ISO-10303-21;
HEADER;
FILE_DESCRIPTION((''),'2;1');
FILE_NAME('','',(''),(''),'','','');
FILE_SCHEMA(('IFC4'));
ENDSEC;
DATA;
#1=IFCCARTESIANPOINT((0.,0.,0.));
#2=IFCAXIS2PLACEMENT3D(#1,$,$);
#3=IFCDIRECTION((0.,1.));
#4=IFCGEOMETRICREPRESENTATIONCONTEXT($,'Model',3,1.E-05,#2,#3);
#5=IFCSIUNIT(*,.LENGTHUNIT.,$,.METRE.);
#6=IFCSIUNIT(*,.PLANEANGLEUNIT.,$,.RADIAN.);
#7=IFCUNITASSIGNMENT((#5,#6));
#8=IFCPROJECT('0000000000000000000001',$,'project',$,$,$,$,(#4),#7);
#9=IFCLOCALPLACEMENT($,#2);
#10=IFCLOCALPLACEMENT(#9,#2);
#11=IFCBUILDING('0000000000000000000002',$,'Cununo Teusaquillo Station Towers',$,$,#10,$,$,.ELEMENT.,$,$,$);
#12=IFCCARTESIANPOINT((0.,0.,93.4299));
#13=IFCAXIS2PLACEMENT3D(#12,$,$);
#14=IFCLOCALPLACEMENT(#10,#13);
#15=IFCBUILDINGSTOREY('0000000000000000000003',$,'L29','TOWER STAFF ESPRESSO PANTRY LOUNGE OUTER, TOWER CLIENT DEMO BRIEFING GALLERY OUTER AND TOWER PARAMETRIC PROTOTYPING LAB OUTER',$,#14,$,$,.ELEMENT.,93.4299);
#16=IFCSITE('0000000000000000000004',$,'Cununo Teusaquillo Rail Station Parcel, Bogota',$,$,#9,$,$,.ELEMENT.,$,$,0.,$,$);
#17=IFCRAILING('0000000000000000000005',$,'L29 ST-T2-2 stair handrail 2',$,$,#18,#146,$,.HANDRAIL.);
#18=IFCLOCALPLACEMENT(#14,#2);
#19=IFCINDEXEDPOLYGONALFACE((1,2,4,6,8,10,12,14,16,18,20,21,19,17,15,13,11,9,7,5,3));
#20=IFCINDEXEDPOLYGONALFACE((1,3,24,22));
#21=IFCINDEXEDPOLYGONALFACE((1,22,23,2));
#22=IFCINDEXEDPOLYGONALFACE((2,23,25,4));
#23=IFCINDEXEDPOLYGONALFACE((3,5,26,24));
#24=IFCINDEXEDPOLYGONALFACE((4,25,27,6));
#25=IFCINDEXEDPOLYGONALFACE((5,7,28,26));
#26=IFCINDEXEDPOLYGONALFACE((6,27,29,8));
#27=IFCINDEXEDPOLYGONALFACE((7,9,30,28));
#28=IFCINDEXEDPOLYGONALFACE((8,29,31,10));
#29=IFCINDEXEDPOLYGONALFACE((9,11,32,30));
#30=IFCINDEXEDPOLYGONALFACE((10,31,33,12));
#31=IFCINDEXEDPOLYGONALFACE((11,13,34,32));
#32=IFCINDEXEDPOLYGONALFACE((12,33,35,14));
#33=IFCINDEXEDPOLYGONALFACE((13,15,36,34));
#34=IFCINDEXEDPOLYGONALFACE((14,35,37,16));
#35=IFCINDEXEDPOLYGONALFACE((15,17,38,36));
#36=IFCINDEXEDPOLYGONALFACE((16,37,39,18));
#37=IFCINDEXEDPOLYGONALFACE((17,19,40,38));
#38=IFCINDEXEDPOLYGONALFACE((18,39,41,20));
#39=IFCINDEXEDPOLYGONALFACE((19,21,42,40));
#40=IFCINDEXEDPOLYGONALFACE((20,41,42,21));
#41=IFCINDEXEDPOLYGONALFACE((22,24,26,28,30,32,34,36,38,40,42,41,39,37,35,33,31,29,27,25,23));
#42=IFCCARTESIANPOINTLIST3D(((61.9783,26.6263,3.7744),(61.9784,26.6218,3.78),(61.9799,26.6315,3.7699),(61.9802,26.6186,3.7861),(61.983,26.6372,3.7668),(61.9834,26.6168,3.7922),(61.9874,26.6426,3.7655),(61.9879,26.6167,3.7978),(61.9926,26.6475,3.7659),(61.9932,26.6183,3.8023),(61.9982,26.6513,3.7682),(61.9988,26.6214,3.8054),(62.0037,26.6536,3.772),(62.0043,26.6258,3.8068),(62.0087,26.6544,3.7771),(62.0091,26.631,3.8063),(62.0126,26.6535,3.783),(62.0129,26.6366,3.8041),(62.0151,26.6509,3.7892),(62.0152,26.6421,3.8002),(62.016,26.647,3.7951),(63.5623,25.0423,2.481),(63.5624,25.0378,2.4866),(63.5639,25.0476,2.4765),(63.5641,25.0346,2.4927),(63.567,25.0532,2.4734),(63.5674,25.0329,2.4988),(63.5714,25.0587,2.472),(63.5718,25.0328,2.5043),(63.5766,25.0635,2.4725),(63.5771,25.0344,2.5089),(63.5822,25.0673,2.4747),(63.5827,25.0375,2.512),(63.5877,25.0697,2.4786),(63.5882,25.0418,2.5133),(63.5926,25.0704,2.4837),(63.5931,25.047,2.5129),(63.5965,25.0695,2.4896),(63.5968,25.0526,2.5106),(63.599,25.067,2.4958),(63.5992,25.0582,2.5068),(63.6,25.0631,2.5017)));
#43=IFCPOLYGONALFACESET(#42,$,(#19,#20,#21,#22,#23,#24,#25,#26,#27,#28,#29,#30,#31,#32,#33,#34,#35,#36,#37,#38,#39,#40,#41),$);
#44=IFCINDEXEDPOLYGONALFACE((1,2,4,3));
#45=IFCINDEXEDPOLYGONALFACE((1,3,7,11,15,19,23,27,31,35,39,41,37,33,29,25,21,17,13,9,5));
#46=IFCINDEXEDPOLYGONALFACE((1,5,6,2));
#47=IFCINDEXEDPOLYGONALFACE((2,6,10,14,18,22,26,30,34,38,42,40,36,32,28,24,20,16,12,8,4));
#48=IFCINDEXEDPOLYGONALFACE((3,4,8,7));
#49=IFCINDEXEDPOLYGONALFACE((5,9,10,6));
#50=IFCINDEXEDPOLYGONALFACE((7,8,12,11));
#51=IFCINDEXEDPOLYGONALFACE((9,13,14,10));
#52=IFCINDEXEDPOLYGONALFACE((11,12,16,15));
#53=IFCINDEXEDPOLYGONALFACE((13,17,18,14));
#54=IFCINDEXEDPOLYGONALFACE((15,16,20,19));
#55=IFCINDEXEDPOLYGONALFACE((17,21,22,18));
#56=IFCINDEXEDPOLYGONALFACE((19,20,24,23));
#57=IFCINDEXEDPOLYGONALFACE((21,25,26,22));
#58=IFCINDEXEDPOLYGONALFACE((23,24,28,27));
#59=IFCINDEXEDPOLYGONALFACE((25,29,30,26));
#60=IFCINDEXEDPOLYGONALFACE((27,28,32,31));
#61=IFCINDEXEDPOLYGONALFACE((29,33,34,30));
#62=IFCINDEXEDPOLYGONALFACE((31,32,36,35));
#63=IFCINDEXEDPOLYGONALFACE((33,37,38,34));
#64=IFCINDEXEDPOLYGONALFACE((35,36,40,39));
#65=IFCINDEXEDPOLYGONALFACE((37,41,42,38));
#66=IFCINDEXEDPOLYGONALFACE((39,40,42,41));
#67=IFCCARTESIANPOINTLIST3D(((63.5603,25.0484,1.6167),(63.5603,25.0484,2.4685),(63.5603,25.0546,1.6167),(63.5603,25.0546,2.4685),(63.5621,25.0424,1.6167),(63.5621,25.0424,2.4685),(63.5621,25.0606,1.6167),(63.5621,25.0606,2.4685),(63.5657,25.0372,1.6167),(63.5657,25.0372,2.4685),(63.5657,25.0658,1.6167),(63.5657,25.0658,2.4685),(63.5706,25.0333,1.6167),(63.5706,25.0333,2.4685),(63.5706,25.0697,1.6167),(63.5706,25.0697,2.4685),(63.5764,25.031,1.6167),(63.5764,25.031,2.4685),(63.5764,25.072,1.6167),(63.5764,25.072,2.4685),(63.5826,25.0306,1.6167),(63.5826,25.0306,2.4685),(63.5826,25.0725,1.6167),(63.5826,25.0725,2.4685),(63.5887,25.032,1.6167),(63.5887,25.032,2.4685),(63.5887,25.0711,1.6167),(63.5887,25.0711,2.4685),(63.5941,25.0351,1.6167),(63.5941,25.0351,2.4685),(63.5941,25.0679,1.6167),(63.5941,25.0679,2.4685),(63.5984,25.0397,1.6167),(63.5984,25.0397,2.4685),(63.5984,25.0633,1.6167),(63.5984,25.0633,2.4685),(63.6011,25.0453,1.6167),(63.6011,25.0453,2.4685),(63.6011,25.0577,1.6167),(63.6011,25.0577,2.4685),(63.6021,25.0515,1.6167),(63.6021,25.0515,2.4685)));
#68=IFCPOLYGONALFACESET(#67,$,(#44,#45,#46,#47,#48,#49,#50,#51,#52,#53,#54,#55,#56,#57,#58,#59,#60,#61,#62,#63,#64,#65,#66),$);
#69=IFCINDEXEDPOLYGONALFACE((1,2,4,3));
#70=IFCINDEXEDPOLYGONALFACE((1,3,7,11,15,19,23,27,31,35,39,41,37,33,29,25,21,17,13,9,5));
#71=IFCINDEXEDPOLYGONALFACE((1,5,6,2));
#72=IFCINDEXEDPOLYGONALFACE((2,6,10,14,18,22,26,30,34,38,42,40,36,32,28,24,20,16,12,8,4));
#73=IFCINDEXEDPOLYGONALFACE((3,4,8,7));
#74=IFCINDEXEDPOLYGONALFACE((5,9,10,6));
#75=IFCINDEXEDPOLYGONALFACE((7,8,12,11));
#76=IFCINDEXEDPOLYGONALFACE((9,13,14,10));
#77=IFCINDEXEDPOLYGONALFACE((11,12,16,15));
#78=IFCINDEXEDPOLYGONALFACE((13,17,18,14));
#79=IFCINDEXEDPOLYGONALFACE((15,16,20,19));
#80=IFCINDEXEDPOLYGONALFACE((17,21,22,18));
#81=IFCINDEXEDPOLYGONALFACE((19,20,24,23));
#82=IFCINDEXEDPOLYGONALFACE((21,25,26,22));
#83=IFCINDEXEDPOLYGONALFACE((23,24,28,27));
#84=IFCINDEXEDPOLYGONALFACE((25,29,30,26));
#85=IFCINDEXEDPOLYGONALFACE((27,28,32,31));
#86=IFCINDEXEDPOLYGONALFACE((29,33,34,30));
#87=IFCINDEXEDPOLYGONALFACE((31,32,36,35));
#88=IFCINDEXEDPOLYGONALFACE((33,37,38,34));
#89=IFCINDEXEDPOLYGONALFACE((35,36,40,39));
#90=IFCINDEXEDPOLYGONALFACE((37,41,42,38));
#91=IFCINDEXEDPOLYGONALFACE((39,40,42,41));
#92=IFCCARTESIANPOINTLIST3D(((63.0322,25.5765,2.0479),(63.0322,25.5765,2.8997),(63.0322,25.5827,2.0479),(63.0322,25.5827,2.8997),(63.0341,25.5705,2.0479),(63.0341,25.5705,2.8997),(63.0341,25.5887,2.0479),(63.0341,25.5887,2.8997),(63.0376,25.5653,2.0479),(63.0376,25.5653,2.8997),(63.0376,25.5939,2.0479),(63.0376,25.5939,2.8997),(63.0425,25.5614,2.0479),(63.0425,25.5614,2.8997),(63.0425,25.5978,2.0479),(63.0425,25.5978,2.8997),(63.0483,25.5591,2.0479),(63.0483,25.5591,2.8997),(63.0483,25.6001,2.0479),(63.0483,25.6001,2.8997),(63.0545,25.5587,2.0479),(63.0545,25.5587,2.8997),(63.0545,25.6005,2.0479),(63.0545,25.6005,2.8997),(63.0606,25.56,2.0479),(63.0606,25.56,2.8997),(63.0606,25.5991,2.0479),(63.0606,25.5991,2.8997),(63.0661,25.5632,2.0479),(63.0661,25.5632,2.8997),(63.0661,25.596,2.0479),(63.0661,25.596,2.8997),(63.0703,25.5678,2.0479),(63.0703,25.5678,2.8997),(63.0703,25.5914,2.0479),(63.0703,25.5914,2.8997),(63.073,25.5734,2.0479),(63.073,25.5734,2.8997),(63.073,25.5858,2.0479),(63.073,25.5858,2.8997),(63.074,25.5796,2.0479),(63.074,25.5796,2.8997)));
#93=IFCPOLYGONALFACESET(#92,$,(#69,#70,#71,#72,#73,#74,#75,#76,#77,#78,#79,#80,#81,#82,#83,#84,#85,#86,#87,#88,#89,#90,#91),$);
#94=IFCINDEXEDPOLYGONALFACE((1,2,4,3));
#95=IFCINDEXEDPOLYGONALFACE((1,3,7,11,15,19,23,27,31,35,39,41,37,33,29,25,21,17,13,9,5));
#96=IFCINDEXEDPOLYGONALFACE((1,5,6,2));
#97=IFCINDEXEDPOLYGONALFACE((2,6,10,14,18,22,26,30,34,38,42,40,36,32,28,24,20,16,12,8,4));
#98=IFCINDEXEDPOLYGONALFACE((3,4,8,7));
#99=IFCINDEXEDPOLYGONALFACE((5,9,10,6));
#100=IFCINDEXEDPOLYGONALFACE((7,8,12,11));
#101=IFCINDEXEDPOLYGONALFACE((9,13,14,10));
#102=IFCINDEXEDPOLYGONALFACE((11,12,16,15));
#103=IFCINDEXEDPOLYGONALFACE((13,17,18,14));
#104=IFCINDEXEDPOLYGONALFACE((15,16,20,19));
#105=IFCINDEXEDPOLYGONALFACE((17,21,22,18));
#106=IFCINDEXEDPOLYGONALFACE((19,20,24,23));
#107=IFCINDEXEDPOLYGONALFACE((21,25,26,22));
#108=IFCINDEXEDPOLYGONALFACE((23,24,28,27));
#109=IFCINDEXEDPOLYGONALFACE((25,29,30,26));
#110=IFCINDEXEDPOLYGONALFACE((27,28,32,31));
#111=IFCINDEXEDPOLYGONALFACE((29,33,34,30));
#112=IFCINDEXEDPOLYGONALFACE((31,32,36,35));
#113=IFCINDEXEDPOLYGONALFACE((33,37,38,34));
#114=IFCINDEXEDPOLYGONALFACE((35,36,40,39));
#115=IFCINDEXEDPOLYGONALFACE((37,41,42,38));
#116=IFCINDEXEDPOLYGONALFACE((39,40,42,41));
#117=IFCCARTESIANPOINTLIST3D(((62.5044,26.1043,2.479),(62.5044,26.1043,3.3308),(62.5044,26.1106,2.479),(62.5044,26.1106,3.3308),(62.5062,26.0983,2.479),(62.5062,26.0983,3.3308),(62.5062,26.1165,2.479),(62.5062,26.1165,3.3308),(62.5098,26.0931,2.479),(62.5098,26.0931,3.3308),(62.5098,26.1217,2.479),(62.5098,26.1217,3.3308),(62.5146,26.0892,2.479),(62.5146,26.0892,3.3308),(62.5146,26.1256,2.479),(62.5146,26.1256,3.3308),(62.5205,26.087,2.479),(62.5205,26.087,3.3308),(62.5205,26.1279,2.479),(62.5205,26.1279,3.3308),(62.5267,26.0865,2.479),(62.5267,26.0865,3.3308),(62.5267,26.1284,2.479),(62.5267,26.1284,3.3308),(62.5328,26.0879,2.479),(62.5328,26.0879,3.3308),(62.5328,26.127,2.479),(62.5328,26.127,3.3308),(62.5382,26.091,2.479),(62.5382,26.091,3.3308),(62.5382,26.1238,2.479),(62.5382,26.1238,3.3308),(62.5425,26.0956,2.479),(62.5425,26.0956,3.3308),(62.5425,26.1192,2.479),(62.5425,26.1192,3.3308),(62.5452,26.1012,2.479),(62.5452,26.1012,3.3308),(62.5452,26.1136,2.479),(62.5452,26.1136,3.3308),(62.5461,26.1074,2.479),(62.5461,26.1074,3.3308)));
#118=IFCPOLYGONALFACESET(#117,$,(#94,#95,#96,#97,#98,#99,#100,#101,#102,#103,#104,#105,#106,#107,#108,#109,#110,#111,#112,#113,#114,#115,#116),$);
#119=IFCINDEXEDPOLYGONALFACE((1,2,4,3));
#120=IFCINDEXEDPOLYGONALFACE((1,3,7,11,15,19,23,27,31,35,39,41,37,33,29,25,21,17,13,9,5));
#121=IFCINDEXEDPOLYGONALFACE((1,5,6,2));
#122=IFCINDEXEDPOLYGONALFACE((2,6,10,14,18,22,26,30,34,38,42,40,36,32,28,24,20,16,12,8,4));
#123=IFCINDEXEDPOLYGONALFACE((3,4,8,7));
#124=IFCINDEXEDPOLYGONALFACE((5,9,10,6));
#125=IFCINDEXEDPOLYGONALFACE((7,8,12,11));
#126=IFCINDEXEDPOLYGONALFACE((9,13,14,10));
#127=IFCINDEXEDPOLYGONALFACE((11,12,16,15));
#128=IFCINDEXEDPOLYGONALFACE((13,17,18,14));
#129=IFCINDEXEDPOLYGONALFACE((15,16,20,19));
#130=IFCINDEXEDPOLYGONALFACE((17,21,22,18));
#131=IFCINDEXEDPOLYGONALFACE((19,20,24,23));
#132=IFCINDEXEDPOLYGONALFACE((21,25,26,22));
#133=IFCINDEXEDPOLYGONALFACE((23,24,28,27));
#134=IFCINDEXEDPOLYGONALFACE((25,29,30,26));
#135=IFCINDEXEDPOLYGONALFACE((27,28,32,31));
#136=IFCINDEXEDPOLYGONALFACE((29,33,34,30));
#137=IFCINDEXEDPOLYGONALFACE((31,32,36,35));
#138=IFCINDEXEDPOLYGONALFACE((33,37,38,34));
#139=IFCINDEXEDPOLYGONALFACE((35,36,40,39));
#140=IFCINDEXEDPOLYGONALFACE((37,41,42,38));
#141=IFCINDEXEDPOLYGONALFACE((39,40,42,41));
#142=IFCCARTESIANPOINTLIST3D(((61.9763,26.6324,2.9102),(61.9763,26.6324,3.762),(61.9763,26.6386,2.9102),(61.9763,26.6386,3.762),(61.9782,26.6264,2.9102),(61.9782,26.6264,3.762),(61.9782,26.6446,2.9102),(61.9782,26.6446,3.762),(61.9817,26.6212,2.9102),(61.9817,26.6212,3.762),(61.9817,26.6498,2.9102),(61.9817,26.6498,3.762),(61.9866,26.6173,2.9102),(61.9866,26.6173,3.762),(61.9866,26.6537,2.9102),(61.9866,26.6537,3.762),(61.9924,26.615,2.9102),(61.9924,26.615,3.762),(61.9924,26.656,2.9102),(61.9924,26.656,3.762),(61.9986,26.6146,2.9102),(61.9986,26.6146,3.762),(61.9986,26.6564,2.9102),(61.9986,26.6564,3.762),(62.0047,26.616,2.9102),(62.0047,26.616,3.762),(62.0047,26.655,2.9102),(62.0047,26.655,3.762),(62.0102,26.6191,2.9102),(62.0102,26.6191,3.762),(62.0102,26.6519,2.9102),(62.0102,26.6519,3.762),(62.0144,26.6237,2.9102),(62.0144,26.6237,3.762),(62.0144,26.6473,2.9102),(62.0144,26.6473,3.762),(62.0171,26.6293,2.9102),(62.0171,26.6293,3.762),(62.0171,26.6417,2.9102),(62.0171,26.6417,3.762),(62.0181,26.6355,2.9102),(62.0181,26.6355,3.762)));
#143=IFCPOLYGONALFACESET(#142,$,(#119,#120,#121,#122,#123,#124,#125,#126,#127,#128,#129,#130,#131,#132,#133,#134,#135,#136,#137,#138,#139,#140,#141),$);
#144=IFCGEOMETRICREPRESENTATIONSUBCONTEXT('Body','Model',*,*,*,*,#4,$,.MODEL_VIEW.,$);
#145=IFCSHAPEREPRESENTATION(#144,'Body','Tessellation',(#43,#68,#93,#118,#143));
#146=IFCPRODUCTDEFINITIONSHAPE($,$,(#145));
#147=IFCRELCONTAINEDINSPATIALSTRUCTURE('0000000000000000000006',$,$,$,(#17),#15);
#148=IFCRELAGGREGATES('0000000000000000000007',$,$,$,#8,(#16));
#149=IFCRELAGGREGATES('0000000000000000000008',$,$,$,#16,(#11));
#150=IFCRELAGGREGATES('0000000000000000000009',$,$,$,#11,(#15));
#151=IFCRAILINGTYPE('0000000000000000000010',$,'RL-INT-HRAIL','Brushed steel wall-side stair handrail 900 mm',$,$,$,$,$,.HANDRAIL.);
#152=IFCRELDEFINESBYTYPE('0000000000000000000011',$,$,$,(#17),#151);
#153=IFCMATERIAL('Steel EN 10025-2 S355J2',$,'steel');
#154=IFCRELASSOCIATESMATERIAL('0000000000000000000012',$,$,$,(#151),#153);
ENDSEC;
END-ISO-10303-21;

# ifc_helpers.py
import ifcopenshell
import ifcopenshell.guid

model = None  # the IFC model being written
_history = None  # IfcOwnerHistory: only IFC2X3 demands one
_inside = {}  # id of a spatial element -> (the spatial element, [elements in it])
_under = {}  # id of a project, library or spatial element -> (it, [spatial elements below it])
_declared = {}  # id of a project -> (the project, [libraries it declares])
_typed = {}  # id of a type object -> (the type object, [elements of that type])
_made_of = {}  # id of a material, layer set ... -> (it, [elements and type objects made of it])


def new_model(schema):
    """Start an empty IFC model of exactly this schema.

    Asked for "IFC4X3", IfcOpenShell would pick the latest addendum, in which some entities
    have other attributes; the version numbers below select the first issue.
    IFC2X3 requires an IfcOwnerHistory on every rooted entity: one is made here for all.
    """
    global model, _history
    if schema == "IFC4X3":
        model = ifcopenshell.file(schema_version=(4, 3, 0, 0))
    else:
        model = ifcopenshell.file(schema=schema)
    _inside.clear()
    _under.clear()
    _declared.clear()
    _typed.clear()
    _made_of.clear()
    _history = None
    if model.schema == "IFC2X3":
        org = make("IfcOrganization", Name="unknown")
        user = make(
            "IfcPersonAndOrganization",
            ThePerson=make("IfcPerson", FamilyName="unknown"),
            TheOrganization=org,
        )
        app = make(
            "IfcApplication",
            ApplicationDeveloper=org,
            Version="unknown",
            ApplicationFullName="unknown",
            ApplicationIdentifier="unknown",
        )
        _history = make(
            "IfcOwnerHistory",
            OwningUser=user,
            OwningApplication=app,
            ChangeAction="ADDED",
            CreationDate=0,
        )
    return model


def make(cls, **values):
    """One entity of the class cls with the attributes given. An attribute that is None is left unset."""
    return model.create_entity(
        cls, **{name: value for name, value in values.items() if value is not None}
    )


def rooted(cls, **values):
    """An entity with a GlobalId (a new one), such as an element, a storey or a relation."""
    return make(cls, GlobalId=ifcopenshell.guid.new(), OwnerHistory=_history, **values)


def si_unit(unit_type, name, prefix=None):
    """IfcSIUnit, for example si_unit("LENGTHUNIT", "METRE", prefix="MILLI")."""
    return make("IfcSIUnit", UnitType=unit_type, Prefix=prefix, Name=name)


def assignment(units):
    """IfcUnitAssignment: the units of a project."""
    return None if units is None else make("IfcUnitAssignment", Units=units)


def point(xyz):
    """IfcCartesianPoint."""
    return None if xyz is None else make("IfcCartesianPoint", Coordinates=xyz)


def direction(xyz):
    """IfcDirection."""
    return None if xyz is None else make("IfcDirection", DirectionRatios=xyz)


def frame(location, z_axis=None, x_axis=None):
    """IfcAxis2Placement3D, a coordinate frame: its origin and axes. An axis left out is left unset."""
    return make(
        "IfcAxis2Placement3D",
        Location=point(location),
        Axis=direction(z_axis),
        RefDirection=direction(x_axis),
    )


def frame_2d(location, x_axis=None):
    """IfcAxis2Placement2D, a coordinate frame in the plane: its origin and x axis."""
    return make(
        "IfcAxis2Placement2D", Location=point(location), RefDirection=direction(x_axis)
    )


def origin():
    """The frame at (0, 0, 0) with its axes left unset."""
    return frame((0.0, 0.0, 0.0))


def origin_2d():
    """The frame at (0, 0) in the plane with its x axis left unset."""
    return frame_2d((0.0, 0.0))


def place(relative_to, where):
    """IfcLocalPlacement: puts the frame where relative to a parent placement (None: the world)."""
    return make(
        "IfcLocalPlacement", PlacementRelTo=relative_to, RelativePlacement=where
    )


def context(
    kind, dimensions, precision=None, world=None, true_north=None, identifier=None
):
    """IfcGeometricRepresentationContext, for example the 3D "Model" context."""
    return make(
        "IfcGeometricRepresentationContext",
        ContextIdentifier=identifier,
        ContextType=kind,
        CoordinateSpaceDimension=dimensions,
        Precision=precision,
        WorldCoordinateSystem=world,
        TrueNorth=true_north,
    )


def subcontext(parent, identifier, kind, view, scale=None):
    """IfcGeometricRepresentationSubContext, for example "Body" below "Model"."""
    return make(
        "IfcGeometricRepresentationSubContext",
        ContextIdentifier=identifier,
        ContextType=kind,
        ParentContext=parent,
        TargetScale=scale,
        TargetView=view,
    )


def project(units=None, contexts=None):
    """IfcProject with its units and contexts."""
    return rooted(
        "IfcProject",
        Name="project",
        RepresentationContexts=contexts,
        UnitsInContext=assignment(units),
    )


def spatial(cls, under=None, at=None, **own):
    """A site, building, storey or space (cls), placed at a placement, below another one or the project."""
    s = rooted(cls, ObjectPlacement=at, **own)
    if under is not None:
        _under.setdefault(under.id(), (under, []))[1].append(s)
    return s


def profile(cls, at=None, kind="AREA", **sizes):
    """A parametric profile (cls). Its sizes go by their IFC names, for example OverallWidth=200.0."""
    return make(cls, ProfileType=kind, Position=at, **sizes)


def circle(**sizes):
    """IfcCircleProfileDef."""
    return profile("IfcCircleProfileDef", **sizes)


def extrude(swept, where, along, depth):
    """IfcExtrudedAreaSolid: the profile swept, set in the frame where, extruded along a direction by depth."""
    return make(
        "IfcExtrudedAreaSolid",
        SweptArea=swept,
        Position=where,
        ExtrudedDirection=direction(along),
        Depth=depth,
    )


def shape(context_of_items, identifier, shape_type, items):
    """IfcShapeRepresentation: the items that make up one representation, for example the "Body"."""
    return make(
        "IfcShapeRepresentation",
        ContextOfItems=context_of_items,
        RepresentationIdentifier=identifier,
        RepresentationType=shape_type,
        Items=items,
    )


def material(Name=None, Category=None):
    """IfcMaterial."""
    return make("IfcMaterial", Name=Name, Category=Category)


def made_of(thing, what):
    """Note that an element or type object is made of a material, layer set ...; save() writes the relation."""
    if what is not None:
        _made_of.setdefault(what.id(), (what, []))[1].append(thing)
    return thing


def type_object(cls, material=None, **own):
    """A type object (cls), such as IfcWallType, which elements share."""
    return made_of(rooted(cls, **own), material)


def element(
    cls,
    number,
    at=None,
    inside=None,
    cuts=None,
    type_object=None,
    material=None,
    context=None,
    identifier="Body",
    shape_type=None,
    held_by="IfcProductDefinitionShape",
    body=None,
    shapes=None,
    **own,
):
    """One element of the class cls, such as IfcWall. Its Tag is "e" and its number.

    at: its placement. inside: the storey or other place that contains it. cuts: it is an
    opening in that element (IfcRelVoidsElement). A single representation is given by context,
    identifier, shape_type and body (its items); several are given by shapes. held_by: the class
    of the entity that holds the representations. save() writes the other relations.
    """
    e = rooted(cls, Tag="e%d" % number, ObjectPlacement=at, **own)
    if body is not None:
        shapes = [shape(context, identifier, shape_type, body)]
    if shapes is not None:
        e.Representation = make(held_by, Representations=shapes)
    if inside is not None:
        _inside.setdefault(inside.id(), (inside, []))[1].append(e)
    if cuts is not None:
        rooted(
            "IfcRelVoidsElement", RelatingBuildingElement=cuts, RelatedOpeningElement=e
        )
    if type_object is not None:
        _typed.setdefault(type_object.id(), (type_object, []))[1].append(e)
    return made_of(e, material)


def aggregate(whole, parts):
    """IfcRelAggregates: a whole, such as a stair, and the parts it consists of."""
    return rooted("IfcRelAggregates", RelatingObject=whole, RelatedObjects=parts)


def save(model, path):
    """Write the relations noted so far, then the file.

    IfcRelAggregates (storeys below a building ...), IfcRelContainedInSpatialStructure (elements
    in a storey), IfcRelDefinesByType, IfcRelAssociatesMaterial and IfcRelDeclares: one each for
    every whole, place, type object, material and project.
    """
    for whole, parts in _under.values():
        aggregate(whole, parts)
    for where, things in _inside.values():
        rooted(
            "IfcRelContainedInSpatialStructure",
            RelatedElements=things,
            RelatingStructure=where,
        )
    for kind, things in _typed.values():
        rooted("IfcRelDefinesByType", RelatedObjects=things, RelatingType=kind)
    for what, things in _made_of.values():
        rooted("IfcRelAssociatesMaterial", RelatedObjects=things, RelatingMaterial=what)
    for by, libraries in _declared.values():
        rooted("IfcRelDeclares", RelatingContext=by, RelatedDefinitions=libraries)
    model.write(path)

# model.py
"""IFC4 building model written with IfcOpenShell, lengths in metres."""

from ifc_helpers import new_model, si_unit, direction, frame, origin, origin_2d, place, context, subcontext, project, spatial, circle, extrude, material, type_object, element, save


model = new_model("IFC4")

# Units and contexts
model_context = context("Model", 3, precision=1e-05, world=origin(), true_north=direction((0.0, 1.0)))
body_context = subcontext(model_context, "Body", "Model", "MODEL_VIEW")
ifc_project = project(units=[si_unit("LENGTHUNIT", "METRE"), si_unit("PLANEANGLEUNIT", "RADIAN")], contexts=[model_context])

# Site, building, storey
site_placement = place(None, origin())
site = spatial("IfcSite", under=ifc_project, at=site_placement, Name="Cununo Teusaquillo Rail Station Parcel, Bogota", CompositionType="ELEMENT", RefElevation=0.0)
building_placement = place(site_placement, origin())
building = spatial("IfcBuilding", under=site, at=building_placement, Name="Cununo Teusaquillo Station Towers", CompositionType="ELEMENT")
storey_placement = place(building_placement, frame((0.0, 0.0, 93.4299)))
storey = spatial("IfcBuildingStorey", under=building, at=storey_placement, Name="L29", Description="TOWER STAFF ESPRESSO PANTRY LOUNGE OUTER, TOWER CLIENT DEMO BRIEFING GALLERY OUTER AND TOWER PARAMETRIC PROTOTYPING LAB OUTER", CompositionType="ELEMENT", Elevation=93.4299)

# Railing
ifc_material_1 = material(Name="Steel EN 10025-2 S355J2", Category="steel")
railing_type_1 = type_object("IfcRailingType", Name="RL-INT-HRAIL", Description="Brushed steel wall-side stair handrail 900 mm", PredefinedType="HANDRAIL", material=ifc_material_1)
railing_1_placement = place(storey_placement, frame((63.5811, 25.0515, 1.6167)))
element("IfcRailing", 1, at=railing_1_placement, inside=storey, type_object=railing_type_1, Name="L29 ST-T2-2 stair handrail 2", PredefinedType="HANDRAIL", context=body_context, shape_type="SweptSolid", body=[
    extrude(circle(Radius=0.0239, at=origin_2d()), frame((0.0, 0.0, 0.876), z_axis=(-0.612356, 0.612356, 0.50004), x_axis=(-0.707107, -0.707107, 0.0)), (0.0, 0.0, 1.0), 2.5867),
    extrude(circle(Radius=0.021, at=origin_2d()), origin(), (0.0, 0.0, 1.0), 0.8518),
    extrude(circle(Radius=0.021, at=origin_2d()), frame((-0.5281, 0.5281, 0.4312)), (0.0, 0.0, 1.0), 0.8518),
    extrude(circle(Radius=0.021, at=origin_2d()), frame((-1.0559, 1.0559, 0.8623)), (0.0, 0.0, 1.0), 0.8518),
    extrude(circle(Radius=0.021, at=origin_2d()), frame((-1.584, 1.584, 1.2935)), (0.0, 0.0, 1.0), 0.8518),
])

save(model, "model.ifc")
